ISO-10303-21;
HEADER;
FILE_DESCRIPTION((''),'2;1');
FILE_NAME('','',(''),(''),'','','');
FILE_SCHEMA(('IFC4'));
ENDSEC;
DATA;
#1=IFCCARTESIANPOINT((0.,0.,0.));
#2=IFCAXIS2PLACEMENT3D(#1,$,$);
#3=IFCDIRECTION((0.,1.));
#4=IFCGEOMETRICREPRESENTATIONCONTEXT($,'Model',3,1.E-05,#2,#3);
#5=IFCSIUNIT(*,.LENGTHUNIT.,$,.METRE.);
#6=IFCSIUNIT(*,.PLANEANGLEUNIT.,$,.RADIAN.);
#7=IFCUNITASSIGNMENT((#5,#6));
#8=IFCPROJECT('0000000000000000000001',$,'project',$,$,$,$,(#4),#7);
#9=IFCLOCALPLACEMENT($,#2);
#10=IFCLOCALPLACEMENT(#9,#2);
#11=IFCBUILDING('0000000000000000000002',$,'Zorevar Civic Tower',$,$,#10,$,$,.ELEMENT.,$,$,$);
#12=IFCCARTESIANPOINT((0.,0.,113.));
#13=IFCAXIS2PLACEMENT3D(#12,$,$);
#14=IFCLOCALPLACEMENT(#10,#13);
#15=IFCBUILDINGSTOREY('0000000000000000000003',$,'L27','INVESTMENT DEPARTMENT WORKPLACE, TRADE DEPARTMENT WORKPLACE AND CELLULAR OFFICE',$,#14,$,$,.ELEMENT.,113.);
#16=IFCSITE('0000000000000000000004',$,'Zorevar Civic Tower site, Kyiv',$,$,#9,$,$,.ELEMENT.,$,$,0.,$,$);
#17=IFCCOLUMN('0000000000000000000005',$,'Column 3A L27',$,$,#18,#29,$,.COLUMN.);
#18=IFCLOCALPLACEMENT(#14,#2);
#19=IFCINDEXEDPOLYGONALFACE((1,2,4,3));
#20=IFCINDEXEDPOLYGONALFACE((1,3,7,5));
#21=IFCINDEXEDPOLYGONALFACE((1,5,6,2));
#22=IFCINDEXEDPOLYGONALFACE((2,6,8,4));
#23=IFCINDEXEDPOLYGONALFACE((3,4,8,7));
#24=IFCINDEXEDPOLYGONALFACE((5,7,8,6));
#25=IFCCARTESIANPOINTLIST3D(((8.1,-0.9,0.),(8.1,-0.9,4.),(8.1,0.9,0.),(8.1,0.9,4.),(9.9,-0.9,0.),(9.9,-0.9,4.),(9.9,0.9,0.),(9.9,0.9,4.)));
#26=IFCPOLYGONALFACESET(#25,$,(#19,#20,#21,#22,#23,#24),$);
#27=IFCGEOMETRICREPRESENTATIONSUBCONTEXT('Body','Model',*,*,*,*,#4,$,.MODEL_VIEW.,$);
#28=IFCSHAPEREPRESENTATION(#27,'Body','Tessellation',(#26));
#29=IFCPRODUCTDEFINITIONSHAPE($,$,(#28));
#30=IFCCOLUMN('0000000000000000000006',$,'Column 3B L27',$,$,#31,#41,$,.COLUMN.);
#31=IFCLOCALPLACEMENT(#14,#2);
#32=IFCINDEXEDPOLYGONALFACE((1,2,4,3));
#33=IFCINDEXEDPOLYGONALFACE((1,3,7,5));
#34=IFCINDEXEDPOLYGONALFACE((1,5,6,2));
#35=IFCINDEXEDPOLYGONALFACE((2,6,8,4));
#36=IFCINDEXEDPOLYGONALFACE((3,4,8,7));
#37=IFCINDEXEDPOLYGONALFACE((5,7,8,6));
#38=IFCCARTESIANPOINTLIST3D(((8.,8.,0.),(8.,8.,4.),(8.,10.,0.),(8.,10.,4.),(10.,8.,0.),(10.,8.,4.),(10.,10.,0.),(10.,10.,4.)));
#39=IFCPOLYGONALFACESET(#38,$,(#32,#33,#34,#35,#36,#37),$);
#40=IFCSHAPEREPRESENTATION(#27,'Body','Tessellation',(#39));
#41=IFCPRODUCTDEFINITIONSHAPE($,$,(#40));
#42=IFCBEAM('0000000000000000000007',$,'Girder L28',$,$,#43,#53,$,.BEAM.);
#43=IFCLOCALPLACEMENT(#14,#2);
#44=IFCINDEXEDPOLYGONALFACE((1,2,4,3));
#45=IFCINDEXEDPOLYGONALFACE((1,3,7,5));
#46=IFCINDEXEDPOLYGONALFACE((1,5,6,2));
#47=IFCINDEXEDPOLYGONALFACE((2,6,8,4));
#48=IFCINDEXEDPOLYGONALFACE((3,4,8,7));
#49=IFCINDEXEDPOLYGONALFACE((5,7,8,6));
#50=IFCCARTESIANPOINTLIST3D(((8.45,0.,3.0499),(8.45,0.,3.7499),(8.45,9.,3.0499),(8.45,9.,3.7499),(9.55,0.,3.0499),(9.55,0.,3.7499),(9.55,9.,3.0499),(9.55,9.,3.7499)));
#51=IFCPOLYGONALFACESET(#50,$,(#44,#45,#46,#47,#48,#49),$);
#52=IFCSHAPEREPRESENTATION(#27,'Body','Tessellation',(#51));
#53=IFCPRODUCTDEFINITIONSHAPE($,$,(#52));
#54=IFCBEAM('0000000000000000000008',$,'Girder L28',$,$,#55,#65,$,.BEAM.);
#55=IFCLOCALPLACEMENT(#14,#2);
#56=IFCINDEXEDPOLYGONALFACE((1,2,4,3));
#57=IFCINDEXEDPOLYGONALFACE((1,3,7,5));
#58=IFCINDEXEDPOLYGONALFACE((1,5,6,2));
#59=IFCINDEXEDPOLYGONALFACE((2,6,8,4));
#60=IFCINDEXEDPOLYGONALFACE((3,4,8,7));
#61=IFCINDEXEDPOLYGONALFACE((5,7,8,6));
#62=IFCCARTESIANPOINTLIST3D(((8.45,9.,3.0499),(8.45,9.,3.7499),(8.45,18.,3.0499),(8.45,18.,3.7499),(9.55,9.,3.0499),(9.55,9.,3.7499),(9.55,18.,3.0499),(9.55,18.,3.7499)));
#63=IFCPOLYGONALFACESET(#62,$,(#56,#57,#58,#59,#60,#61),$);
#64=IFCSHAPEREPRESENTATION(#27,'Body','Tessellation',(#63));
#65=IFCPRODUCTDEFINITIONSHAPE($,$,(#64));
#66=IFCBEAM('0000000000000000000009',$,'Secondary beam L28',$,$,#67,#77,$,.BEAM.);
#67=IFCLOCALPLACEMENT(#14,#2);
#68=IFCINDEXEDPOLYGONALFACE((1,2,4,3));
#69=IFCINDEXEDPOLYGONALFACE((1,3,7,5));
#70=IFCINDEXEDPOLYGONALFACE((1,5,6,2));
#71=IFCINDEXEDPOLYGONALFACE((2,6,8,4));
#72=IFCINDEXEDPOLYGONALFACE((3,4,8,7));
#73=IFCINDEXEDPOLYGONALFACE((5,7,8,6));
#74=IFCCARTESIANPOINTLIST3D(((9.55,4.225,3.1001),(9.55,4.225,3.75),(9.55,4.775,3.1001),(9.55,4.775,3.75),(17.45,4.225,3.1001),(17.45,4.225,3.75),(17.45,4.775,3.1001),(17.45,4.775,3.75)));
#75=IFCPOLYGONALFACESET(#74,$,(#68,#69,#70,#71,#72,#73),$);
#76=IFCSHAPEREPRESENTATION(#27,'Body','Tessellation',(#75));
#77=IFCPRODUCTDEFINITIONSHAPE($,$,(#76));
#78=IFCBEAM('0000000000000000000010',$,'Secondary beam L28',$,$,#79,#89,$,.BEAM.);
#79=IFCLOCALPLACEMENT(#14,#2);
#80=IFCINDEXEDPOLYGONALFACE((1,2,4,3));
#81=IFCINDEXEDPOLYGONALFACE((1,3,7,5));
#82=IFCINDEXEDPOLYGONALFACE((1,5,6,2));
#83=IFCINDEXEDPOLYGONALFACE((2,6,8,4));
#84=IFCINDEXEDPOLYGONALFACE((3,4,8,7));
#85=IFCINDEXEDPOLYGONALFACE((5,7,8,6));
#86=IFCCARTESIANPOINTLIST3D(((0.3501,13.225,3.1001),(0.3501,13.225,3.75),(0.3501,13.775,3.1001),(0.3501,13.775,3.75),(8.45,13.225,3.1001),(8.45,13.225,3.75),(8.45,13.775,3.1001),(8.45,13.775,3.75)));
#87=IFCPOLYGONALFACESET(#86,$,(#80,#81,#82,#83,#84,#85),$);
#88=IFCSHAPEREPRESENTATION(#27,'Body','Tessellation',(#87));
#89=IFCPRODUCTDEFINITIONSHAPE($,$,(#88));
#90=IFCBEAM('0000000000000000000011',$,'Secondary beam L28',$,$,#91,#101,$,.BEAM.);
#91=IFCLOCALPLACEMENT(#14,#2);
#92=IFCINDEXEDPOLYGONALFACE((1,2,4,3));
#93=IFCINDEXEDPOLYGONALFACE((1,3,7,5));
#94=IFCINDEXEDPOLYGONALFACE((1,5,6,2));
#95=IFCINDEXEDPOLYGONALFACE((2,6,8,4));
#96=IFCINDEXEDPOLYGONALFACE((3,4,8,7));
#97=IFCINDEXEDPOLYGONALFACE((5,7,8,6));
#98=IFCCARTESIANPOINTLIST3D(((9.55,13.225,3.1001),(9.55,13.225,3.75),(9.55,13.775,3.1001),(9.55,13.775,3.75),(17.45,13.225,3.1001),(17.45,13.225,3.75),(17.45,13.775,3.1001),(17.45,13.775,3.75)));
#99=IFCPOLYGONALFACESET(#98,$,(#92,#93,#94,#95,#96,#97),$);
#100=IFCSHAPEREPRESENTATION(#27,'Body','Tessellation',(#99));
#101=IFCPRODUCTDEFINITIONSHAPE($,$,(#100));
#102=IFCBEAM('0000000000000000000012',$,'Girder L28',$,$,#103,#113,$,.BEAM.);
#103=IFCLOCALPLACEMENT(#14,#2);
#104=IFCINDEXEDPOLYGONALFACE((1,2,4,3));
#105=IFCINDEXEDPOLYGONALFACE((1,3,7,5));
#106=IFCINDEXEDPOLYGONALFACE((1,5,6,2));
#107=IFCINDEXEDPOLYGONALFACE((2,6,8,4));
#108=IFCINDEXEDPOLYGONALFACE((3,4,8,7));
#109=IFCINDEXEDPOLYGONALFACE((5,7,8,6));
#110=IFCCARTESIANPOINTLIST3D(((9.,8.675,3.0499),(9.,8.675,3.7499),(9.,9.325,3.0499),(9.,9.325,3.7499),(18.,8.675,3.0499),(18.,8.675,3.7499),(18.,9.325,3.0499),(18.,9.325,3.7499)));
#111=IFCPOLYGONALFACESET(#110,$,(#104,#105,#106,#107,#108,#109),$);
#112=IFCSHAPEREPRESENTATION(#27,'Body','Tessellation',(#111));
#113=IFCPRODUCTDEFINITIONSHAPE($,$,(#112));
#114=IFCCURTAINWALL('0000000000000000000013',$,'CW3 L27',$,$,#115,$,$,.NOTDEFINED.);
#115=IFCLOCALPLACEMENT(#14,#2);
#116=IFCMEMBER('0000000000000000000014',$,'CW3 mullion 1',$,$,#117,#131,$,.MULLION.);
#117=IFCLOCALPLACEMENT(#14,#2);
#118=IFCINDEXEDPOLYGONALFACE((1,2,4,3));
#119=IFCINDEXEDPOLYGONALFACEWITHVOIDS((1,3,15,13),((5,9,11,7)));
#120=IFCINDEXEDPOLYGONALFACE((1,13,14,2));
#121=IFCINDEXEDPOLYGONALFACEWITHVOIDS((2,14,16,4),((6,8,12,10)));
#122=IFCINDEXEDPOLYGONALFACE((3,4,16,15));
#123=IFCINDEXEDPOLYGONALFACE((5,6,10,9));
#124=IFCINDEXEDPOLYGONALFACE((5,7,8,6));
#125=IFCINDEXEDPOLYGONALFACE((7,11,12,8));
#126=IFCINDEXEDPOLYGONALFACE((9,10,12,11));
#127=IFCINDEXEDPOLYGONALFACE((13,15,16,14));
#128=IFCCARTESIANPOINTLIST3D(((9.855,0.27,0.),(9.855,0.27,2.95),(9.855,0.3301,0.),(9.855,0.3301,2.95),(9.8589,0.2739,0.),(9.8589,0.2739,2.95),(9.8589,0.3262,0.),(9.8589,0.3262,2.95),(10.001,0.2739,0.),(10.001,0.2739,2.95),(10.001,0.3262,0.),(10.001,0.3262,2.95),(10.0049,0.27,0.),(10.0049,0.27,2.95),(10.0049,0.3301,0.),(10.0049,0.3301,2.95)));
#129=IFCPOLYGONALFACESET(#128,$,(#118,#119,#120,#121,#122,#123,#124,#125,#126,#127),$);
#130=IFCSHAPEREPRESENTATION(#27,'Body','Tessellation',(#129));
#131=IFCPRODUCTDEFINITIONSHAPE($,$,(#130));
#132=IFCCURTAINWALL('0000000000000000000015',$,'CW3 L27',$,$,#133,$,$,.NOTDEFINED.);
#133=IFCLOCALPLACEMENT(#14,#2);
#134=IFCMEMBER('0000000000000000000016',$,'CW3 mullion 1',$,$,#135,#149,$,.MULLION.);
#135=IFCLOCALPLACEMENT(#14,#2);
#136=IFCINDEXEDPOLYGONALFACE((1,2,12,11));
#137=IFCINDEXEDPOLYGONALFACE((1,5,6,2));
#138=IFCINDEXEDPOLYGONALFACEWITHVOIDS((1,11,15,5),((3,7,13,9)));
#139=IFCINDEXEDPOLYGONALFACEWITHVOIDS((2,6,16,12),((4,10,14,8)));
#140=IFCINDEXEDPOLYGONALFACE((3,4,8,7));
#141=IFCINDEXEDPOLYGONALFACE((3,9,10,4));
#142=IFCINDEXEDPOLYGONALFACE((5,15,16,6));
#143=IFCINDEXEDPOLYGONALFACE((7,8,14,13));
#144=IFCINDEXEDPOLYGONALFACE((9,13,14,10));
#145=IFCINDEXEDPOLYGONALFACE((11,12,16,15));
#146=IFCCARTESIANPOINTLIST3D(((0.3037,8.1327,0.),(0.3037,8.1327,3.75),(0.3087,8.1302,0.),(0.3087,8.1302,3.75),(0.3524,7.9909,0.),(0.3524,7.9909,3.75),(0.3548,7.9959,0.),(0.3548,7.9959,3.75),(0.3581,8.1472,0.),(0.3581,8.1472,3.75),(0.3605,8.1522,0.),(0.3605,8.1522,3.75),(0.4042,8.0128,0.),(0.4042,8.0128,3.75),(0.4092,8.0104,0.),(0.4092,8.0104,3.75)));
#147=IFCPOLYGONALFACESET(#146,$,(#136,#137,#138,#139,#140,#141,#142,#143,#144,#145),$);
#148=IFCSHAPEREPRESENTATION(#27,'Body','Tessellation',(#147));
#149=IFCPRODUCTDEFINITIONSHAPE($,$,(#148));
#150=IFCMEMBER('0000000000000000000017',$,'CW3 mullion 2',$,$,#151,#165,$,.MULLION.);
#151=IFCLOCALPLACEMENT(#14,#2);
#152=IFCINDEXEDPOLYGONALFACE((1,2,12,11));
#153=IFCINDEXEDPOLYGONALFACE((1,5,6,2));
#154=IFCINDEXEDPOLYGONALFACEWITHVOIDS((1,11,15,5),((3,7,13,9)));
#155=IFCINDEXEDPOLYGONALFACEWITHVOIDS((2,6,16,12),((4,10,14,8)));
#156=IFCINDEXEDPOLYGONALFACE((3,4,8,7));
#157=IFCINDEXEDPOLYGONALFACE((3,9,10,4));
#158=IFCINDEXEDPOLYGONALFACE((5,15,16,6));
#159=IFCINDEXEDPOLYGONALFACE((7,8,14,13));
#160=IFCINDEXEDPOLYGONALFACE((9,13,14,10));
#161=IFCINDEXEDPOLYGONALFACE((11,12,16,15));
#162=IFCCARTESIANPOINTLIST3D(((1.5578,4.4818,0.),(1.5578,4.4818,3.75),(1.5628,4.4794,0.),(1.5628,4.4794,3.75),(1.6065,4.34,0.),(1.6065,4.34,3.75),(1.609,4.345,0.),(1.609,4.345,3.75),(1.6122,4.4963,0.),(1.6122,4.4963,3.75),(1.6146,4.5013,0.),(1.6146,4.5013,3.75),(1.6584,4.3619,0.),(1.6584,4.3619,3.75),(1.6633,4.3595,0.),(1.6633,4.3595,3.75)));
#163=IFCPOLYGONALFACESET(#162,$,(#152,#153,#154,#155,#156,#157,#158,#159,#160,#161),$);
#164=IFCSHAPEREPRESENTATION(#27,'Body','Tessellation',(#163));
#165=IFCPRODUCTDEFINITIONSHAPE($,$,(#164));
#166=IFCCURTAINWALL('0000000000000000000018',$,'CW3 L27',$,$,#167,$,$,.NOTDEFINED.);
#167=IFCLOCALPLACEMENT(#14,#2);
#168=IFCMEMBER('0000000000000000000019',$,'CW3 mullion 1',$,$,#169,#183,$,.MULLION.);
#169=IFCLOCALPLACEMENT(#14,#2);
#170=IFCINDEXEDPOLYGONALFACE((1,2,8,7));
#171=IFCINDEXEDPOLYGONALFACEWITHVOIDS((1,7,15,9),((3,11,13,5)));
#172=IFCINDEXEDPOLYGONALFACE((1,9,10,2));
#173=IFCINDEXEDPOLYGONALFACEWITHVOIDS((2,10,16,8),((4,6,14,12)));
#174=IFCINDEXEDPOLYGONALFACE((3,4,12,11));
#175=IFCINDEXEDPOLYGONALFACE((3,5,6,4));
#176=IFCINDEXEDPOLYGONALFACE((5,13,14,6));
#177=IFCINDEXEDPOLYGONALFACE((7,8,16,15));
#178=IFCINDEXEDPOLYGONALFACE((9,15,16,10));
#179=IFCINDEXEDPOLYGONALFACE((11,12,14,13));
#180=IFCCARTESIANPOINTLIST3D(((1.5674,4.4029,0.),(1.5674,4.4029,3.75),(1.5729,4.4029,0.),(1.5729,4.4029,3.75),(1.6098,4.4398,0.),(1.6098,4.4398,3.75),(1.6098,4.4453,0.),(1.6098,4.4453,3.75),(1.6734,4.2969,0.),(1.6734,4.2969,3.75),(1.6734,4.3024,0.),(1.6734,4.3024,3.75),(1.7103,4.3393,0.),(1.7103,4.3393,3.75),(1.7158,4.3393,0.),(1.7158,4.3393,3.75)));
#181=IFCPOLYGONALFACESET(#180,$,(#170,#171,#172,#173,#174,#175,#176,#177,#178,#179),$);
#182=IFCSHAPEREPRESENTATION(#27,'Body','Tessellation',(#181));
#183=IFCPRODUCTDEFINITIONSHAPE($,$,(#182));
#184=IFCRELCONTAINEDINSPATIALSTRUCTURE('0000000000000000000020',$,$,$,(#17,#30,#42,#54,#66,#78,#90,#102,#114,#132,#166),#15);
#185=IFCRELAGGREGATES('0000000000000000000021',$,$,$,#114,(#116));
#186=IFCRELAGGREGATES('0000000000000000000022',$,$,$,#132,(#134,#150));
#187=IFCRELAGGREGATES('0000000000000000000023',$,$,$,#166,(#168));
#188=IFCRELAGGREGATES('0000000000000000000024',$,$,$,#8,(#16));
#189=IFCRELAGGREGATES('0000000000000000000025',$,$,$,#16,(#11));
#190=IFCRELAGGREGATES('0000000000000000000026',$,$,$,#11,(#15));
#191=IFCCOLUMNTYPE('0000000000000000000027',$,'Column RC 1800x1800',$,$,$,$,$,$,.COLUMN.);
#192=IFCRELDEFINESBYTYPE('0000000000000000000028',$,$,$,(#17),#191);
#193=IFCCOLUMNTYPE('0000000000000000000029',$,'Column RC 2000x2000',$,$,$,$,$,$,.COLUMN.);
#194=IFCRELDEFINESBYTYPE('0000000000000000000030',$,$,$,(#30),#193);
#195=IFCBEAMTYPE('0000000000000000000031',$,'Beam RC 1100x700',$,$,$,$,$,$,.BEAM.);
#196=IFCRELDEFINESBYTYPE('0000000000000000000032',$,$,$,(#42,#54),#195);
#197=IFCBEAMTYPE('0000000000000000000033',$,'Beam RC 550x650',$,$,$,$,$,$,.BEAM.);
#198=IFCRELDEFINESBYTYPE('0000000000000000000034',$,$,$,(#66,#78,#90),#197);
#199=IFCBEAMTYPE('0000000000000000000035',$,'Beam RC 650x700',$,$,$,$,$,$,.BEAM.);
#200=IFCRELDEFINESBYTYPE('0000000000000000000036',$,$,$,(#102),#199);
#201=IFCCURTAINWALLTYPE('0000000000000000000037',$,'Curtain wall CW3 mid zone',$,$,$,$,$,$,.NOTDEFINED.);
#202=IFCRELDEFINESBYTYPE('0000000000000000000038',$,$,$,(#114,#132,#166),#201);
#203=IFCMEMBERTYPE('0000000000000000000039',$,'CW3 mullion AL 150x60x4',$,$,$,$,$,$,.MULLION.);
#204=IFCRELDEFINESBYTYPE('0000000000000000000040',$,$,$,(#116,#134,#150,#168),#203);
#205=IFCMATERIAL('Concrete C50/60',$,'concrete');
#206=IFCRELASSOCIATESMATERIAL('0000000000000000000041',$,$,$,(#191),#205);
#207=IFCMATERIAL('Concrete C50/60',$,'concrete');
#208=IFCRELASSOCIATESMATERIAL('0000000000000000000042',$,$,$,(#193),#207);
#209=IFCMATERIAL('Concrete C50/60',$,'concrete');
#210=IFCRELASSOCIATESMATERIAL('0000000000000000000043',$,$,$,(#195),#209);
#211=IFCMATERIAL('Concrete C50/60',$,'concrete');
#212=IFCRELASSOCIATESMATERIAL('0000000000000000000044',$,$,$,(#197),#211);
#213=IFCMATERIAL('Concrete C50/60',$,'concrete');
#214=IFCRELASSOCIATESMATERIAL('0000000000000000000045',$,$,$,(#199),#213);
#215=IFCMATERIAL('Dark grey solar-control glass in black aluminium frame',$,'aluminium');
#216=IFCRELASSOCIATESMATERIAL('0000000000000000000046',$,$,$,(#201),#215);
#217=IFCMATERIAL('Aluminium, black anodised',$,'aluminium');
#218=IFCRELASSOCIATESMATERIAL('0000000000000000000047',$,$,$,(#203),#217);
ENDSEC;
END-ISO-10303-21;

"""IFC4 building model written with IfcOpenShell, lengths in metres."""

from ifc_helpers import new_model, si_unit, direction, frame, origin, origin_2d, place, context, subcontext, project, spatial, rectangle, hollow_rectangle, extrude, material, material_profile, profile_set, type_object, element, aggregate, save


model = new_model("IFC4")

# Units and contexts
model_context = context("Model", 3, precision=1e-05, world=origin(), true_north=direction((0.0, 1.0)))
body_context = subcontext(model_context, "Body", "Model", "MODEL_VIEW")
ifc_project = project(units=[si_unit("LENGTHUNIT", "METRE"), si_unit("PLANEANGLEUNIT", "RADIAN")], contexts=[model_context])

# Site, building, storey
site_placement = place(None, origin())
site = spatial("IfcSite", under=ifc_project, at=site_placement, Name="Zorevar Civic Tower site, Kyiv", CompositionType="ELEMENT", RefElevation=0.0)
building_placement = place(site_placement, origin())
building = spatial("IfcBuilding", under=site, at=building_placement, Name="Zorevar Civic Tower", CompositionType="ELEMENT")
storey_placement = place(building_placement, frame((0.0, 0.0, 113.0)))
storey = spatial("IfcBuildingStorey", under=building, at=storey_placement, Name="L27", Description="INVESTMENT DEPARTMENT WORKPLACE, TRADE DEPARTMENT WORKPLACE AND CELLULAR OFFICE", CompositionType="ELEMENT", Elevation=113.0)

# Columns
ifc_material_1 = material(Name="Concrete C50/60", Category="concrete")
ifc_material_profile_1 = material_profile(ifc_material_1, rectangle(XDim=1.8, YDim=1.8, at=origin_2d()), Name="RC 1800x1800")
ifc_profile_set_1 = profile_set([ifc_material_profile_1], Name="Concrete C50/60")
column_type_1 = type_object("IfcColumnType", Name="Column RC 1800x1800", PredefinedType="COLUMN", material=ifc_profile_set_1)
column_1_placement = place(storey_placement, frame((9.0, 0.0, 0.0), z_axis=(0.0, 0.0, 1.0), x_axis=(1.0, 0.0, 0.0)))
element("IfcColumn", 1, at=column_1_placement, inside=storey, type_object=column_type_1, Name="Column 3A L27", PredefinedType="COLUMN", context=body_context, shape_type="SweptSolid", body=[
    extrude(rectangle(XDim=1.8, YDim=1.8, at=origin_2d()), origin(), (0.0, 0.0, 1.0), 4.0),
])
ifc_material_2 = material(Name="Concrete C50/60", Category="concrete")
ifc_material_profile_2 = material_profile(ifc_material_2, rectangle(XDim=2.0, YDim=2.0, at=origin_2d()), Name="RC 2000x2000")
ifc_profile_set_2 = profile_set([ifc_material_profile_2], Name="Concrete C50/60")
column_type_2 = type_object("IfcColumnType", Name="Column RC 2000x2000", PredefinedType="COLUMN", material=ifc_profile_set_2)
column_2_placement = place(storey_placement, frame((9.0, 9.0, 0.0), z_axis=(0.0, 0.0, 1.0), x_axis=(1.0, 0.0, 0.0)))
element("IfcColumn", 2, at=column_2_placement, inside=storey, type_object=column_type_2, Name="Column 3B L27", PredefinedType="COLUMN", context=body_context, shape_type="SweptSolid", body=[
    extrude(rectangle(XDim=2.0, YDim=2.0, at=origin_2d()), origin(), (0.0, 0.0, 1.0), 4.0),
])

# Beams
ifc_material_3 = material(Name="Concrete C50/60", Category="concrete")
ifc_material_profile_3 = material_profile(ifc_material_3, rectangle(XDim=1.1001, YDim=0.7, at=origin_2d()), Name="RC 1100x700")
ifc_profile_set_3 = profile_set([ifc_material_profile_3], Name="Concrete C50/60")
beam_type_1 = type_object("IfcBeamType", Name="Beam RC 1100x700", PredefinedType="BEAM", material=ifc_profile_set_3)
for number, where, z_axis, x_axis, name in (
    (3, (9.0, 0.0, 3.3999), (0.0, 1.0, 0.0), (-1.0, 0.0, 0.0), "Girder L28"),
    (4, (9.0, 9.0, 3.3999), (0.0, 1.0, 0.0), (-1.0, 0.0, 0.0), "Girder L28"),
):
    element("IfcBeam", number, at=place(storey_placement, frame(where, z_axis=z_axis, x_axis=x_axis)), inside=storey, type_object=beam_type_1, Name=name, PredefinedType="BEAM", context=body_context, shape_type="SweptSolid", body=[
        extrude(rectangle(XDim=1.1001, YDim=0.7, at=origin_2d()), origin(), (0.0, 0.0, 1.0), 9.0),
    ])
ifc_material_4 = material(Name="Concrete C50/60", Category="concrete")
ifc_material_profile_4 = material_profile(ifc_material_4, rectangle(XDim=0.55, YDim=0.6499, at=origin_2d()), Name="RC 550x650")
ifc_profile_set_4 = profile_set([ifc_material_profile_4], Name="Concrete C50/60")
beam_type_2 = type_object("IfcBeamType", Name="Beam RC 550x650", PredefinedType="BEAM", material=ifc_profile_set_4)
beam_1_placement = place(storey_placement, frame((9.55, 4.5, 3.425), z_axis=(1.0, 0.0, 0.0), x_axis=(0.0, 1.0, 0.0)))
element("IfcBeam", 5, at=beam_1_placement, inside=storey, type_object=beam_type_2, Name="Secondary beam L28", PredefinedType="BEAM", context=body_context, shape_type="SweptSolid", body=[
    extrude(rectangle(XDim=0.55, YDim=0.6499, at=origin_2d()), origin(), (0.0, 0.0, 1.0), 7.8999),
])
beam_2_placement = place(storey_placement, frame((0.3501, 13.5, 3.425), z_axis=(1.0, 0.0, 0.0), x_axis=(0.0, 1.0, 0.0)))
element("IfcBeam", 6, at=beam_2_placement, inside=storey, type_object=beam_type_2, Name="Secondary beam L28", PredefinedType="BEAM", context=body_context, shape_type="SweptSolid", body=[
    extrude(rectangle(XDim=0.55, YDim=0.6499, at=origin_2d()), origin(), (0.0, 0.0, 1.0), 8.0999),
])
beam_3_placement = place(storey_placement, frame((9.55, 13.5, 3.425), z_axis=(1.0, 0.0, 0.0), x_axis=(0.0, 1.0, 0.0)))
element("IfcBeam", 7, at=beam_3_placement, inside=storey, type_object=beam_type_2, Name="Secondary beam L28", PredefinedType="BEAM", context=body_context, shape_type="SweptSolid", body=[
    extrude(rectangle(XDim=0.55, YDim=0.6499, at=origin_2d()), origin(), (0.0, 0.0, 1.0), 7.8999),
])
ifc_material_5 = material(Name="Concrete C50/60", Category="concrete")
ifc_material_profile_5 = material_profile(ifc_material_5, rectangle(XDim=0.6499, YDim=0.7, at=origin_2d()), Name="RC 650x700")
ifc_profile_set_5 = profile_set([ifc_material_profile_5], Name="Concrete C50/60")
beam_type_3 = type_object("IfcBeamType", Name="Beam RC 650x700", PredefinedType="BEAM", material=ifc_profile_set_5)
beam_4_placement = place(storey_placement, frame((9.0, 9.0, 3.3999), z_axis=(1.0, 0.0, 0.0), x_axis=(0.0, 1.0, 0.0)))
element("IfcBeam", 8, at=beam_4_placement, inside=storey, type_object=beam_type_3, Name="Girder L28", PredefinedType="BEAM", context=body_context, shape_type="SweptSolid", body=[
    extrude(rectangle(XDim=0.6499, YDim=0.7, at=origin_2d()), origin(), (0.0, 0.0, 1.0), 9.0),
])

# Curtain wall, member
ifc_material_6 = material(Name="Dark grey solar-control glass in black aluminium frame", Category="aluminium")
curtain_wall_type = type_object("IfcCurtainWallType", Name="Curtain wall CW3 mid zone", PredefinedType="NOTDEFINED", material=ifc_material_6)
curtain_wall_1_placement = place(storey_placement, origin())
curtain_wall_1 = element("IfcCurtainWall", 9, at=curtain_wall_1_placement, inside=storey, type_object=curtain_wall_type, Name="CW3 L27", PredefinedType="NOTDEFINED")
ifc_material_7 = material(Name="Aluminium, black anodised", Category="aluminium")
ifc_material_profile_6 = material_profile(ifc_material_7, hollow_rectangle(XDim=0.0601, YDim=0.1499, WallThickness=0.0039, at=origin_2d()), Name="AL 150x60x4")
ifc_profile_set_6 = profile_set([ifc_material_profile_6], Name="Aluminium, black anodised")
member_type_1 = type_object("IfcMemberType", Name="CW3 mullion AL 150x60x4", PredefinedType="MULLION", material=ifc_profile_set_6)
member_1_placement = place(storey_placement, frame((9.9299, 0.3, 0.0), z_axis=(0.0, 0.0, 1.0), x_axis=(0.0, 1.0, 0.0)))
member_1 = element("IfcMember", 10, at=member_1_placement, type_object=member_type_1, Name="CW3 mullion 1", PredefinedType="MULLION", context=body_context, shape_type="SweptSolid", body=[
    extrude(hollow_rectangle(XDim=0.0601, YDim=0.1499, WallThickness=0.0039, at=origin_2d()), origin(), (0.0, 0.0, 1.0), 2.95),
])

# Curtain walls, members
curtain_wall_2_placement = place(storey_placement, origin())
curtain_wall_2 = element("IfcCurtainWall", 11, at=curtain_wall_2_placement, inside=storey, type_object=curtain_wall_type, Name="CW3 L27", PredefinedType="NOTDEFINED")
member_2_placement = place(storey_placement, frame((0.3564, 8.0715, 0.0), z_axis=(0.0, 0.0, 1.0), x_axis=(0.945756, 0.324878, 0.0)))
member_2 = element("IfcMember", 12, at=member_2_placement, type_object=member_type_1, Name="CW3 mullion 1", PredefinedType="MULLION", context=body_context, shape_type="SweptSolid", body=[
    extrude(hollow_rectangle(XDim=0.0601, YDim=0.1499, WallThickness=0.0039, at=origin_2d()), origin(), (0.0, 0.0, 1.0), 3.75),
])
member_3_placement = place(storey_placement, frame((1.6106, 4.4207, 0.0), z_axis=(0.0, 0.0, 1.0), x_axis=(0.945756, 0.324878, 0.0)))
member_3 = element("IfcMember", 13, at=member_3_placement, type_object=member_type_1, Name="CW3 mullion 2", PredefinedType="MULLION", context=body_context, shape_type="SweptSolid", body=[
    extrude(hollow_rectangle(XDim=0.0601, YDim=0.1499, WallThickness=0.0039, at=origin_2d()), origin(), (0.0, 0.0, 1.0), 3.75),
])
curtain_wall_3_placement = place(storey_placement, origin())
curtain_wall_3 = element("IfcCurtainWall", 14, at=curtain_wall_3_placement, inside=storey, type_object=curtain_wall_type, Name="CW3 L27", PredefinedType="NOTDEFINED")
member_4_placement = place(storey_placement, frame((1.6416, 4.3711, 0.0), z_axis=(0.0, 0.0, 1.0), x_axis=(0.707107, 0.707107, 0.0)))
member_4 = element("IfcMember", 15, at=member_4_placement, type_object=member_type_1, Name="CW3 mullion 1", PredefinedType="MULLION", context=body_context, shape_type="SweptSolid", body=[
    extrude(hollow_rectangle(XDim=0.0601, YDim=0.1499, WallThickness=0.0039, at=origin_2d()), origin(), (0.0, 0.0, 1.0), 3.75),
])

aggregate(curtain_wall_1, [member_1])

aggregate(curtain_wall_2, [member_2, member_3])
aggregate(curtain_wall_3, [member_4])

save(model, "model.ifc")
